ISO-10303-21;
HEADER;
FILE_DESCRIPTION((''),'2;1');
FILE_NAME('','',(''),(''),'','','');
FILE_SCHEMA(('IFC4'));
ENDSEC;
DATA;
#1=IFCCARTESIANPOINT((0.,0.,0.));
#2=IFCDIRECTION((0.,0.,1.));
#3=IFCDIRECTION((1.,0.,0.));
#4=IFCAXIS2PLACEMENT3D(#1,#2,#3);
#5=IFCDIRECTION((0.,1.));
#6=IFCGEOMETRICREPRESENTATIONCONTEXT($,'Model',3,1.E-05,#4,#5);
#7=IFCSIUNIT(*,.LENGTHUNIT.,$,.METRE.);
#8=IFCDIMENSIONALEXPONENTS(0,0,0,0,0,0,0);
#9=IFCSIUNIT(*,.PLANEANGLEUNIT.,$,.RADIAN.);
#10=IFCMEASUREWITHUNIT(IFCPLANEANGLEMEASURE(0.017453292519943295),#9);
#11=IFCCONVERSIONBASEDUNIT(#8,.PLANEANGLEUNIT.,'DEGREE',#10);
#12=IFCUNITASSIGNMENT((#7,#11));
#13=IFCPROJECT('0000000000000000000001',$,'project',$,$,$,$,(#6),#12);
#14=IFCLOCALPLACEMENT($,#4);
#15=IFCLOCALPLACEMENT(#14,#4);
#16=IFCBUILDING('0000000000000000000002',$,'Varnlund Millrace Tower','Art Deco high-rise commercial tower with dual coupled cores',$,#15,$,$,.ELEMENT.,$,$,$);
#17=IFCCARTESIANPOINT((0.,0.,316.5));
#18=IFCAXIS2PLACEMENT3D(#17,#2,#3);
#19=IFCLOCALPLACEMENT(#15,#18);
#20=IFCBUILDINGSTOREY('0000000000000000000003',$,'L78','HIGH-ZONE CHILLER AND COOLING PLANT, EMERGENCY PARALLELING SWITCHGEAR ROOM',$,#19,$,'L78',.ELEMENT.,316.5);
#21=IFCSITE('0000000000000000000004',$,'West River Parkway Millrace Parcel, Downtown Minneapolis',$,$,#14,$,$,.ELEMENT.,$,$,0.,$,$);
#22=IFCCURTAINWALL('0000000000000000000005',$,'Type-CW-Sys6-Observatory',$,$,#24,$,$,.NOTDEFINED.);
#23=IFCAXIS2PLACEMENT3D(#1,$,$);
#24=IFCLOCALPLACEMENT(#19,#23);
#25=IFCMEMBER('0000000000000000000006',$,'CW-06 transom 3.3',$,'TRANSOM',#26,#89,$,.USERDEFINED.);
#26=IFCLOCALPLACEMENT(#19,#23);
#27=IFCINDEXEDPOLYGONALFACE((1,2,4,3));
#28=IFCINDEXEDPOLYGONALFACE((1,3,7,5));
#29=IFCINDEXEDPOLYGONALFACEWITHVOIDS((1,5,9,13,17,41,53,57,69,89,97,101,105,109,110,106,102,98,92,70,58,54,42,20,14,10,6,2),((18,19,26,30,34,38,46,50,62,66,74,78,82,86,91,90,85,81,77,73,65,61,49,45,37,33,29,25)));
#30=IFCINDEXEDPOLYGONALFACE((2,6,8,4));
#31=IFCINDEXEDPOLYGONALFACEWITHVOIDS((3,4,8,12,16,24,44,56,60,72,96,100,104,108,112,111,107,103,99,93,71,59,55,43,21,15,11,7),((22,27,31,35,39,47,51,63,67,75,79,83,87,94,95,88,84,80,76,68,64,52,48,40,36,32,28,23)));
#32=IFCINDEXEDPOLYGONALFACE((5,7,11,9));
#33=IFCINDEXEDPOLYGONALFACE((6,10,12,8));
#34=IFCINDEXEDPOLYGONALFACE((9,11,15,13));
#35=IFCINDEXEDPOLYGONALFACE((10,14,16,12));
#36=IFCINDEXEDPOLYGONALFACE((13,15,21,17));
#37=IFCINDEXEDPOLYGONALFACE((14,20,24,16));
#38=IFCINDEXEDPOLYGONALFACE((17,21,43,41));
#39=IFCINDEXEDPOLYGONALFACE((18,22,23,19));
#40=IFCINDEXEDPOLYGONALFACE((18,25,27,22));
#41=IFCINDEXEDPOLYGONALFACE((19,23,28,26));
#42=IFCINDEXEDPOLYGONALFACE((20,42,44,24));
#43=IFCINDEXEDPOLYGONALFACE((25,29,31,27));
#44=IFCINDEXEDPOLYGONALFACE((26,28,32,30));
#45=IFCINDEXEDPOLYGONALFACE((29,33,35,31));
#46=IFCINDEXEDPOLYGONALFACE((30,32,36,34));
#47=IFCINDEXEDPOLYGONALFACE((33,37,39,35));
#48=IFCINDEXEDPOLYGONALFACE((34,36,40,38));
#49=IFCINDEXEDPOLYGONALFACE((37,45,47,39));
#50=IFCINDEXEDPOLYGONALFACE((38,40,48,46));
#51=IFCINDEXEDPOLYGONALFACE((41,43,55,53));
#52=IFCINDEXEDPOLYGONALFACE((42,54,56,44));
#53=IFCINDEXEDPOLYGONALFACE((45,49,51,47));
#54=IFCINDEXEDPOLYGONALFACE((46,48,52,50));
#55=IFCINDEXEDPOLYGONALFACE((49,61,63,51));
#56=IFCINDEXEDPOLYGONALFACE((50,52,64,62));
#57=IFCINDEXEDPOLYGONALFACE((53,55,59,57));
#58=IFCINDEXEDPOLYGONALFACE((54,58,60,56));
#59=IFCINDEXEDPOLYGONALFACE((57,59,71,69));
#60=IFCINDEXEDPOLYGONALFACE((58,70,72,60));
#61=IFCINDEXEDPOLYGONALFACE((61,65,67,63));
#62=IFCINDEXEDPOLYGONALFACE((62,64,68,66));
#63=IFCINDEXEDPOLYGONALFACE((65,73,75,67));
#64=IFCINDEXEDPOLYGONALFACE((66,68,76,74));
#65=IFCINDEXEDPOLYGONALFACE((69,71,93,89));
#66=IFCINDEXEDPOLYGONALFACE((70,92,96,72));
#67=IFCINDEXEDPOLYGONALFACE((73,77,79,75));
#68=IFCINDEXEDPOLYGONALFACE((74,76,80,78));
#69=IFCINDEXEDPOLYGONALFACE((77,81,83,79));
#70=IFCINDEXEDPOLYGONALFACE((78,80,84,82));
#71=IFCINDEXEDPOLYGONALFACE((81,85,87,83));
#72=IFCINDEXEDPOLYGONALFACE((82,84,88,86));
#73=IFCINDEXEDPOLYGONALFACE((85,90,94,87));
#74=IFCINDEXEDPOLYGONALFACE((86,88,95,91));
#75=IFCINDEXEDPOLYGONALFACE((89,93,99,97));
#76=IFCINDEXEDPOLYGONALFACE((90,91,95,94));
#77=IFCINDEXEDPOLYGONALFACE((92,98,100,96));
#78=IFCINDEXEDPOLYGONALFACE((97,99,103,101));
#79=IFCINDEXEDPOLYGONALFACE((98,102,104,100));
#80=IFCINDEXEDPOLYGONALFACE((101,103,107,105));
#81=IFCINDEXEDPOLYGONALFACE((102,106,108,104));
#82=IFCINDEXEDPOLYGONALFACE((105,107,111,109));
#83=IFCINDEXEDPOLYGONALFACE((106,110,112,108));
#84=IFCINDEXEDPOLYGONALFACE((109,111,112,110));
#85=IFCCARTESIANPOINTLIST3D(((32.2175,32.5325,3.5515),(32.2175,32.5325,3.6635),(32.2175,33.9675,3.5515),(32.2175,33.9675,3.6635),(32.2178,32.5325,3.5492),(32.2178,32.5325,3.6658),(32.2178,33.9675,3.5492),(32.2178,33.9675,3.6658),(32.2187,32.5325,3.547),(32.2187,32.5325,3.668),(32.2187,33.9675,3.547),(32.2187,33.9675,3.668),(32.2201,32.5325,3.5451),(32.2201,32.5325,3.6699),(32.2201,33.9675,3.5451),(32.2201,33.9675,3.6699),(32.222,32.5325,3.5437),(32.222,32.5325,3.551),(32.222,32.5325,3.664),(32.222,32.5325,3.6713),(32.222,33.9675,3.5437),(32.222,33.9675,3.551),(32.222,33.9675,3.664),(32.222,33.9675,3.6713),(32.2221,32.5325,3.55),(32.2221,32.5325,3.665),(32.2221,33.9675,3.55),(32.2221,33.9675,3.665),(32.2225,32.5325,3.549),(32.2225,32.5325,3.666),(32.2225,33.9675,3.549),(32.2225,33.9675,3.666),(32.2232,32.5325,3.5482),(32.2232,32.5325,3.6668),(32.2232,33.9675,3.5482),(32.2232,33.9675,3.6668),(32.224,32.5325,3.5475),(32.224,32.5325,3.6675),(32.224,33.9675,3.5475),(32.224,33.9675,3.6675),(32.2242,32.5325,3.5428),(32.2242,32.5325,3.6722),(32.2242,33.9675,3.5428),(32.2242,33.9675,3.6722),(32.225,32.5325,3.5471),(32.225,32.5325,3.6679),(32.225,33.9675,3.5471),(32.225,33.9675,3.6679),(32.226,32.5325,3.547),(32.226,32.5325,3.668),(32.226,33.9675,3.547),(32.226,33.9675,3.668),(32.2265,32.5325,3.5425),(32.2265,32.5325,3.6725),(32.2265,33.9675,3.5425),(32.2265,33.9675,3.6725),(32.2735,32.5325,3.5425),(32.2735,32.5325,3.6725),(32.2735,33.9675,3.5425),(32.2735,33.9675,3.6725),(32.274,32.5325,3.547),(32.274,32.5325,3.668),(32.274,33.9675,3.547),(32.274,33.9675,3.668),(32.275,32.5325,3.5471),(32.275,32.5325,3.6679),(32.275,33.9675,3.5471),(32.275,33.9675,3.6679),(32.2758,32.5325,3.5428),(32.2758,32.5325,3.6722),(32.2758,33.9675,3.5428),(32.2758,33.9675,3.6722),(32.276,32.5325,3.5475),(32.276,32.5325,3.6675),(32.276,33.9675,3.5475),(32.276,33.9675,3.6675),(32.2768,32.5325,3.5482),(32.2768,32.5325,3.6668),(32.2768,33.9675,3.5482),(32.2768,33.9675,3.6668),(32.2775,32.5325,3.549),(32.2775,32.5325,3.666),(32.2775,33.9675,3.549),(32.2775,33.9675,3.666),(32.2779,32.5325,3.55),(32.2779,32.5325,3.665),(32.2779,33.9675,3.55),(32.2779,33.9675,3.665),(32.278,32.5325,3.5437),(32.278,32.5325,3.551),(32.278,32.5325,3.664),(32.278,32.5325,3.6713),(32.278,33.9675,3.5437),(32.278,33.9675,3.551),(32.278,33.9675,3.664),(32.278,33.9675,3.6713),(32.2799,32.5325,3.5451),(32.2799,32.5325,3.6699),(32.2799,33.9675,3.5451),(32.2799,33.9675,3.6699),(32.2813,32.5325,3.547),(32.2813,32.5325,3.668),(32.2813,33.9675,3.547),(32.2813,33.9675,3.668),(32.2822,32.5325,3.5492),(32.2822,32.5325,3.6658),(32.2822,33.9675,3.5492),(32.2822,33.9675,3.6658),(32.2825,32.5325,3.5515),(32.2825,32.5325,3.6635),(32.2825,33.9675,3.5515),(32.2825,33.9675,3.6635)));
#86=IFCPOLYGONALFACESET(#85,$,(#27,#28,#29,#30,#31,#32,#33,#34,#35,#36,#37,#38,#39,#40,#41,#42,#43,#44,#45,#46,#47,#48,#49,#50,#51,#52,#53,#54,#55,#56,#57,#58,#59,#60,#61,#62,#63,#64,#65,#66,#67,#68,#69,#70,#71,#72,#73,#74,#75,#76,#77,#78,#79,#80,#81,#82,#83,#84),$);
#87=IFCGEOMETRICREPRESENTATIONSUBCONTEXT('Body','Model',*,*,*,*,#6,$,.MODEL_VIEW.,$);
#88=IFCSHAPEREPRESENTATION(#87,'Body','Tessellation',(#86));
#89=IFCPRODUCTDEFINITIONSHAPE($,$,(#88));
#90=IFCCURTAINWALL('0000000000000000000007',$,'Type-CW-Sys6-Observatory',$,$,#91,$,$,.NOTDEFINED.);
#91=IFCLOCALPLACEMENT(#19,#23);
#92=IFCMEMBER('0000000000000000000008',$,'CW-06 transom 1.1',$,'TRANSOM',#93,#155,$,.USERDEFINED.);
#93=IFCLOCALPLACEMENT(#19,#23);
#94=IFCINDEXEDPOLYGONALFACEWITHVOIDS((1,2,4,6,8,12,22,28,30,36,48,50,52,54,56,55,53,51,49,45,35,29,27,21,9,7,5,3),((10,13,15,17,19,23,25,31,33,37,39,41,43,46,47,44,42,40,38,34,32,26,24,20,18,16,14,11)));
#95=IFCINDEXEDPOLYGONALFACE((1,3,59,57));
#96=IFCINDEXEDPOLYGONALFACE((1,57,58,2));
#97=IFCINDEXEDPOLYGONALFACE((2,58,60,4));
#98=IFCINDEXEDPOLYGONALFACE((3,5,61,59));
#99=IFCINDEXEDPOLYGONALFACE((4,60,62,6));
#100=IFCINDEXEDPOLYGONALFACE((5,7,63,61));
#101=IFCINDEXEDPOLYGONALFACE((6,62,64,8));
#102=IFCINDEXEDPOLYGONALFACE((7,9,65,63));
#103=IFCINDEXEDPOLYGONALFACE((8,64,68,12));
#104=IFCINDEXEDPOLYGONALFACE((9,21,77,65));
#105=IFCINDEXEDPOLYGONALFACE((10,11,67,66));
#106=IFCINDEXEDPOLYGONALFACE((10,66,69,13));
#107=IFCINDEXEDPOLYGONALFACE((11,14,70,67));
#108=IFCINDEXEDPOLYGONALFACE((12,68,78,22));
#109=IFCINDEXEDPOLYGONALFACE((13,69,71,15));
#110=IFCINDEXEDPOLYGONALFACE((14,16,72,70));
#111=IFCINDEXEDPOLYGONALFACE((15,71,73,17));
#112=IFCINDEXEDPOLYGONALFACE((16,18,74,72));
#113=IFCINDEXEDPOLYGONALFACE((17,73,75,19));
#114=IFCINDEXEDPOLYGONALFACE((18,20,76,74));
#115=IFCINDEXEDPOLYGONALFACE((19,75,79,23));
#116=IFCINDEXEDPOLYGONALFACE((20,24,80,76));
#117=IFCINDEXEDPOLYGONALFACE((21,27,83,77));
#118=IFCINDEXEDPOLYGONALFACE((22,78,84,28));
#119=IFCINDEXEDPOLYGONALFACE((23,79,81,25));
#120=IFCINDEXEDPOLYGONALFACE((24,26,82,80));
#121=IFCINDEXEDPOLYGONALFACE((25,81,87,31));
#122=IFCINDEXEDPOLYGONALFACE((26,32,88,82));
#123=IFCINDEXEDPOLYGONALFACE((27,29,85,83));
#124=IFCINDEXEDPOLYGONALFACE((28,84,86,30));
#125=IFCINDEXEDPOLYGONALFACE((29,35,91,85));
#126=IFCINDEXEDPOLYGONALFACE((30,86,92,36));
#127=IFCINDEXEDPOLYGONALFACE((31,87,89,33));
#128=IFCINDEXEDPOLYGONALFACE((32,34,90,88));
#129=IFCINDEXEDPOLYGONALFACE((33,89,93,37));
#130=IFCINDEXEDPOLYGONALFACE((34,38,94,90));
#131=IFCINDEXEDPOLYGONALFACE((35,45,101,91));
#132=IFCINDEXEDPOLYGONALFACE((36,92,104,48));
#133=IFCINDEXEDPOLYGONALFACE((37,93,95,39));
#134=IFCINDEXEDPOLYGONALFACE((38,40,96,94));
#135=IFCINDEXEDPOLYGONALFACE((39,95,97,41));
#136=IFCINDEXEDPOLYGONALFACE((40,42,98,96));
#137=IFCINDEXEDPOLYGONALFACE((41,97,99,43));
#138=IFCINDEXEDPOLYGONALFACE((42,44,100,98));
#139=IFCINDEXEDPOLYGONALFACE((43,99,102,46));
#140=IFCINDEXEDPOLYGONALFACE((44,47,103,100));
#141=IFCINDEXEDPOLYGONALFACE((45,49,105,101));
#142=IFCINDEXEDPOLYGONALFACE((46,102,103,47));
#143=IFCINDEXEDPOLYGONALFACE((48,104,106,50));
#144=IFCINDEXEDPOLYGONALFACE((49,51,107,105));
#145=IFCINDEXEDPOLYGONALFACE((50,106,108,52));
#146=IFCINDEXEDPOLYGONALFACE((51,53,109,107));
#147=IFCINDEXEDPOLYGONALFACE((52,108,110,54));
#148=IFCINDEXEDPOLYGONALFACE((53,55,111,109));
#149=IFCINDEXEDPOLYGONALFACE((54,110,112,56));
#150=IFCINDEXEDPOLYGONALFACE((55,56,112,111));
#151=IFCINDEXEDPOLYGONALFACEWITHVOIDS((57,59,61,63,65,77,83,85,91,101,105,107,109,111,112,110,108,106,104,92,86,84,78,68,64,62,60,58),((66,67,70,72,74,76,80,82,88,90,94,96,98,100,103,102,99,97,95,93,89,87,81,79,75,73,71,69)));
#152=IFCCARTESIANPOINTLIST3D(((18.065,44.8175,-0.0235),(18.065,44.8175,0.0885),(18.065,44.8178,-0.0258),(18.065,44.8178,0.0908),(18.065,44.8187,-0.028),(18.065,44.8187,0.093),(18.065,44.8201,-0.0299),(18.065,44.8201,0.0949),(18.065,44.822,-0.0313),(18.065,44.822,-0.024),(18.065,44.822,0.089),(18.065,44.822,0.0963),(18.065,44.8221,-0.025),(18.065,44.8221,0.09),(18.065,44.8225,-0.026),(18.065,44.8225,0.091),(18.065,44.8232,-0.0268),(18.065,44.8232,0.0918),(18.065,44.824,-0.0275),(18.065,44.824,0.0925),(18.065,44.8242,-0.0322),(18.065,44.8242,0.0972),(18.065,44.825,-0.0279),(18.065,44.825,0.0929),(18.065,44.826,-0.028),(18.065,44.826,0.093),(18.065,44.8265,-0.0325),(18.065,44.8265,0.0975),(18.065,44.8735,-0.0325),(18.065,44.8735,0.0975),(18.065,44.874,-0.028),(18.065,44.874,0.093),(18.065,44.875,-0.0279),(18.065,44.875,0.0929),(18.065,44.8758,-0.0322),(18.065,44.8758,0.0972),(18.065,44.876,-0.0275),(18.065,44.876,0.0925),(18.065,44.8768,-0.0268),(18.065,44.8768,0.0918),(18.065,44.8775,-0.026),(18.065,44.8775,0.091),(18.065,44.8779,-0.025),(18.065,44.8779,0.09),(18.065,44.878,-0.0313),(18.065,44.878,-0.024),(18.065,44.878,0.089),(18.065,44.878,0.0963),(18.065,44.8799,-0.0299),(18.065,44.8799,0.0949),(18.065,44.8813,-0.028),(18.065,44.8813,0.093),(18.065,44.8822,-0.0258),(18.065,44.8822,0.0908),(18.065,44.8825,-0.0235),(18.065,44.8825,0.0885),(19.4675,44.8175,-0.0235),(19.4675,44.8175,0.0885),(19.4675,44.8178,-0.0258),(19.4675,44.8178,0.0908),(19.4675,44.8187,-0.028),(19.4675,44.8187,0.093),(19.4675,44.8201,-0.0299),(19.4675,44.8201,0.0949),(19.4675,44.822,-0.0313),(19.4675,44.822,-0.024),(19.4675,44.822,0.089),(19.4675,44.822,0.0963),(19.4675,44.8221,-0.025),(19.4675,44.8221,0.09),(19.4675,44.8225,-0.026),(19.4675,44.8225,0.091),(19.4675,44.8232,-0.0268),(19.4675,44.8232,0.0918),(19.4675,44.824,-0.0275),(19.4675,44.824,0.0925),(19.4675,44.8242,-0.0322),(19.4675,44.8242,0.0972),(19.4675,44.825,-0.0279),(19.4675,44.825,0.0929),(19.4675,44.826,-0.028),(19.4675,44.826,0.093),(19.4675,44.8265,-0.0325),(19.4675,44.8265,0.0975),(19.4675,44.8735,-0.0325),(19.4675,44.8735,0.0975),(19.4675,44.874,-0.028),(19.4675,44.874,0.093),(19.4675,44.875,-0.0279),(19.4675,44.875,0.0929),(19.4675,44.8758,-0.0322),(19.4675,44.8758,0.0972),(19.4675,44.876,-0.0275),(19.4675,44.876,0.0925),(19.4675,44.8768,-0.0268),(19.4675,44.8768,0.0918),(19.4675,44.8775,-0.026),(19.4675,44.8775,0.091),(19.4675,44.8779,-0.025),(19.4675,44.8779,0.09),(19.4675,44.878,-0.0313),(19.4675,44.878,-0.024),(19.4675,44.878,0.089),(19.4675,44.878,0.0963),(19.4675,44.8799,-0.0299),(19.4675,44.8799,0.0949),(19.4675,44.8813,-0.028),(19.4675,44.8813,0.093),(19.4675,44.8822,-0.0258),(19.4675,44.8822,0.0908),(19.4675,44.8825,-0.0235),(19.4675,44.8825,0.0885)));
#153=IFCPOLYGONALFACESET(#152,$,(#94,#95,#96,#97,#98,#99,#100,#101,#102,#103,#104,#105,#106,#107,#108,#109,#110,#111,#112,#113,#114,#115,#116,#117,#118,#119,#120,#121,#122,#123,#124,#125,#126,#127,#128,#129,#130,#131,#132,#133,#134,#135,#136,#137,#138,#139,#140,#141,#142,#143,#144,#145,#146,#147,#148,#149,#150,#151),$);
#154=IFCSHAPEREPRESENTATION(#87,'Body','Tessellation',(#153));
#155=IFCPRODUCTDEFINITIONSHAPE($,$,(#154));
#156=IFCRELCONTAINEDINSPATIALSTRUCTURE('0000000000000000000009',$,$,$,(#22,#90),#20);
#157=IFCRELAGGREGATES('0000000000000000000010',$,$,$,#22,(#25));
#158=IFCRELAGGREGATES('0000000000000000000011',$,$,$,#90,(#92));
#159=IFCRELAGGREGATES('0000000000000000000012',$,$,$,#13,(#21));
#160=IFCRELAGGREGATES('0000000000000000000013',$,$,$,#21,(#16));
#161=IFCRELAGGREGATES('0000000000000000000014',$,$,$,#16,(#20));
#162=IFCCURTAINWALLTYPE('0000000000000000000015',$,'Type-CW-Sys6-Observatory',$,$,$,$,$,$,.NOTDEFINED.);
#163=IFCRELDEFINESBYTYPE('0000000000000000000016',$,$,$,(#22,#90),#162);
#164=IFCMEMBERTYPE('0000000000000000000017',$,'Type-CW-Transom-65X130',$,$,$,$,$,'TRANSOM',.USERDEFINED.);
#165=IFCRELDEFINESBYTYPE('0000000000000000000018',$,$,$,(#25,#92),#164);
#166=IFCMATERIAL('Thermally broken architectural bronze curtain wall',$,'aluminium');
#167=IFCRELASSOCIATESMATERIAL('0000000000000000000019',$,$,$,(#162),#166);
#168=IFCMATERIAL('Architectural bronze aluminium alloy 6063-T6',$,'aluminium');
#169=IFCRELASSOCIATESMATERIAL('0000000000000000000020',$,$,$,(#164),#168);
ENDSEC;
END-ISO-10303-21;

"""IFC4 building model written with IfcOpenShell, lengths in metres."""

from ifc_helpers import new_model, entity, si_unit, converted_unit, direction, frame, origin_with_axes, origin_2d_with_axis, place, context, subcontext, project, spatial, hollow_rectangle, extrude, material, material_profile, profile_set, type_object, element, aggregate, save


model = new_model("IFC4")

# Units and contexts
model_context = context("Model", 3, precision=1e-05, world=origin_with_axes(), true_north=direction((0.0, 1.0)))
body_context = subcontext(model_context, "Body", "Model", "MODEL_VIEW")
ifc_project = project(units=[si_unit("LENGTHUNIT", "METRE"), converted_unit("PLANEANGLEUNIT", "DEGREE", entity("IfcPlaneAngleMeasure", 0.017453292519943295), si_unit("PLANEANGLEUNIT", "RADIAN"), dimensions=[0, 0, 0, 0, 0, 0, 0])], contexts=[model_context])

# Site, building, storey
site_placement = place(None, origin_with_axes())
site = spatial("IfcSite", under=ifc_project, at=site_placement, Name="West River Parkway Millrace Parcel, Downtown Minneapolis", CompositionType="ELEMENT", RefElevation=0.0)
building_placement = place(site_placement, origin_with_axes())
building = spatial("IfcBuilding", under=site, at=building_placement, Name="Varnlund Millrace Tower", Description="Art Deco high-rise commercial tower with dual coupled cores", CompositionType="ELEMENT")
storey_placement = place(building_placement, frame((0.0, 0.0, 316.5), z_axis=(0.0, 0.0, 1.0), x_axis=(1.0, 0.0, 0.0)))
storey = spatial("IfcBuildingStorey", under=building, at=storey_placement, Name="L78", Description="HIGH-ZONE CHILLER AND COOLING PLANT, EMERGENCY PARALLELING SWITCHGEAR ROOM", LongName="L78", CompositionType="ELEMENT", Elevation=316.5)

# Curtain walls, members
ifc_material_1 = material(Name="Thermally broken architectural bronze curtain wall", Category="aluminium")
curtain_wall_type = type_object("IfcCurtainWallType", Name="Type-CW-Sys6-Observatory", PredefinedType="NOTDEFINED", material=ifc_material_1)
curtain_wall_1_placement = place(storey_placement, frame((32.25, 37.0, 0.0), z_axis=(0.0, 0.0, 1.0), x_axis=(1.0, 0.0, 0.0)))
curtain_wall_1 = element("IfcCurtainWall", 1, at=curtain_wall_1_placement, inside=storey, type_object=curtain_wall_type, Name="Type-CW-Sys6-Observatory", PredefinedType="NOTDEFINED")
ifc_material_2 = material(Name="Architectural bronze aluminium alloy 6063-T6", Category="aluminium")
ifc_material_profile_1 = material_profile(ifc_material_2, hollow_rectangle(XDim=0.065, YDim=0.13, WallThickness=0.0045, InnerFilletRadius=0.004, OuterFilletRadius=0.009, at=origin_2d_with_axis()), Name="Architectural bronze aluminium alloy 6063-T6")
ifc_profile_set_1 = profile_set([ifc_material_profile_1], Name="Architectural bronze aluminium alloy 6063-T6")
member_type = type_object("IfcMemberType", Name="Type-CW-Transom-65X130", ElementType="TRANSOM", PredefinedType="USERDEFINED", material=ifc_profile_set_1)
member_1_placement = place(storey_placement, frame((32.25, 33.9675, 3.6075), z_axis=(0.0, -1.0, 0.0), x_axis=(1.0, 0.0, 0.0)))
member_1 = element("IfcMember", 2, at=member_1_placement, type_object=member_type, Name="CW-06 transom 3.3", ObjectType="TRANSOM", PredefinedType="USERDEFINED", context=body_context, shape_type="SweptSolid", body=[
    extrude(hollow_rectangle(XDim=0.065, YDim=0.13, WallThickness=0.0045, InnerFilletRadius=0.004, OuterFilletRadius=0.009, at=origin_2d_with_axis()), origin_with_axes(), (0.0, 0.0, 1.0), 1.435),
])
curtain_wall_2_placement = place(storey_placement, frame((18.0, 44.85, 0.0), z_axis=(0.0, 0.0, 1.0), x_axis=(1.0, 0.0, 0.0)))
curtain_wall_2 = element("IfcCurtainWall", 3, at=curtain_wall_2_placement, inside=storey, type_object=curtain_wall_type, Name="Type-CW-Sys6-Observatory", PredefinedType="NOTDEFINED")
member_2_placement = place(storey_placement, frame((18.065, 44.85, 0.0325), z_axis=(1.0, 0.0, 0.0), x_axis=(0.0, 1.0, 0.0)))
member_2 = element("IfcMember", 4, at=member_2_placement, type_object=member_type, Name="CW-06 transom 1.1", ObjectType="TRANSOM", PredefinedType="USERDEFINED", context=body_context, shape_type="SweptSolid", body=[
    extrude(hollow_rectangle(XDim=0.065, YDim=0.13, WallThickness=0.0045, InnerFilletRadius=0.004, OuterFilletRadius=0.009, at=origin_2d_with_axis()), origin_with_axes(), (0.0, 0.0, 1.0), 1.4025),
])

aggregate(curtain_wall_1, [member_1])
aggregate(curtain_wall_2, [member_2])

save(model, "model.ifc")
